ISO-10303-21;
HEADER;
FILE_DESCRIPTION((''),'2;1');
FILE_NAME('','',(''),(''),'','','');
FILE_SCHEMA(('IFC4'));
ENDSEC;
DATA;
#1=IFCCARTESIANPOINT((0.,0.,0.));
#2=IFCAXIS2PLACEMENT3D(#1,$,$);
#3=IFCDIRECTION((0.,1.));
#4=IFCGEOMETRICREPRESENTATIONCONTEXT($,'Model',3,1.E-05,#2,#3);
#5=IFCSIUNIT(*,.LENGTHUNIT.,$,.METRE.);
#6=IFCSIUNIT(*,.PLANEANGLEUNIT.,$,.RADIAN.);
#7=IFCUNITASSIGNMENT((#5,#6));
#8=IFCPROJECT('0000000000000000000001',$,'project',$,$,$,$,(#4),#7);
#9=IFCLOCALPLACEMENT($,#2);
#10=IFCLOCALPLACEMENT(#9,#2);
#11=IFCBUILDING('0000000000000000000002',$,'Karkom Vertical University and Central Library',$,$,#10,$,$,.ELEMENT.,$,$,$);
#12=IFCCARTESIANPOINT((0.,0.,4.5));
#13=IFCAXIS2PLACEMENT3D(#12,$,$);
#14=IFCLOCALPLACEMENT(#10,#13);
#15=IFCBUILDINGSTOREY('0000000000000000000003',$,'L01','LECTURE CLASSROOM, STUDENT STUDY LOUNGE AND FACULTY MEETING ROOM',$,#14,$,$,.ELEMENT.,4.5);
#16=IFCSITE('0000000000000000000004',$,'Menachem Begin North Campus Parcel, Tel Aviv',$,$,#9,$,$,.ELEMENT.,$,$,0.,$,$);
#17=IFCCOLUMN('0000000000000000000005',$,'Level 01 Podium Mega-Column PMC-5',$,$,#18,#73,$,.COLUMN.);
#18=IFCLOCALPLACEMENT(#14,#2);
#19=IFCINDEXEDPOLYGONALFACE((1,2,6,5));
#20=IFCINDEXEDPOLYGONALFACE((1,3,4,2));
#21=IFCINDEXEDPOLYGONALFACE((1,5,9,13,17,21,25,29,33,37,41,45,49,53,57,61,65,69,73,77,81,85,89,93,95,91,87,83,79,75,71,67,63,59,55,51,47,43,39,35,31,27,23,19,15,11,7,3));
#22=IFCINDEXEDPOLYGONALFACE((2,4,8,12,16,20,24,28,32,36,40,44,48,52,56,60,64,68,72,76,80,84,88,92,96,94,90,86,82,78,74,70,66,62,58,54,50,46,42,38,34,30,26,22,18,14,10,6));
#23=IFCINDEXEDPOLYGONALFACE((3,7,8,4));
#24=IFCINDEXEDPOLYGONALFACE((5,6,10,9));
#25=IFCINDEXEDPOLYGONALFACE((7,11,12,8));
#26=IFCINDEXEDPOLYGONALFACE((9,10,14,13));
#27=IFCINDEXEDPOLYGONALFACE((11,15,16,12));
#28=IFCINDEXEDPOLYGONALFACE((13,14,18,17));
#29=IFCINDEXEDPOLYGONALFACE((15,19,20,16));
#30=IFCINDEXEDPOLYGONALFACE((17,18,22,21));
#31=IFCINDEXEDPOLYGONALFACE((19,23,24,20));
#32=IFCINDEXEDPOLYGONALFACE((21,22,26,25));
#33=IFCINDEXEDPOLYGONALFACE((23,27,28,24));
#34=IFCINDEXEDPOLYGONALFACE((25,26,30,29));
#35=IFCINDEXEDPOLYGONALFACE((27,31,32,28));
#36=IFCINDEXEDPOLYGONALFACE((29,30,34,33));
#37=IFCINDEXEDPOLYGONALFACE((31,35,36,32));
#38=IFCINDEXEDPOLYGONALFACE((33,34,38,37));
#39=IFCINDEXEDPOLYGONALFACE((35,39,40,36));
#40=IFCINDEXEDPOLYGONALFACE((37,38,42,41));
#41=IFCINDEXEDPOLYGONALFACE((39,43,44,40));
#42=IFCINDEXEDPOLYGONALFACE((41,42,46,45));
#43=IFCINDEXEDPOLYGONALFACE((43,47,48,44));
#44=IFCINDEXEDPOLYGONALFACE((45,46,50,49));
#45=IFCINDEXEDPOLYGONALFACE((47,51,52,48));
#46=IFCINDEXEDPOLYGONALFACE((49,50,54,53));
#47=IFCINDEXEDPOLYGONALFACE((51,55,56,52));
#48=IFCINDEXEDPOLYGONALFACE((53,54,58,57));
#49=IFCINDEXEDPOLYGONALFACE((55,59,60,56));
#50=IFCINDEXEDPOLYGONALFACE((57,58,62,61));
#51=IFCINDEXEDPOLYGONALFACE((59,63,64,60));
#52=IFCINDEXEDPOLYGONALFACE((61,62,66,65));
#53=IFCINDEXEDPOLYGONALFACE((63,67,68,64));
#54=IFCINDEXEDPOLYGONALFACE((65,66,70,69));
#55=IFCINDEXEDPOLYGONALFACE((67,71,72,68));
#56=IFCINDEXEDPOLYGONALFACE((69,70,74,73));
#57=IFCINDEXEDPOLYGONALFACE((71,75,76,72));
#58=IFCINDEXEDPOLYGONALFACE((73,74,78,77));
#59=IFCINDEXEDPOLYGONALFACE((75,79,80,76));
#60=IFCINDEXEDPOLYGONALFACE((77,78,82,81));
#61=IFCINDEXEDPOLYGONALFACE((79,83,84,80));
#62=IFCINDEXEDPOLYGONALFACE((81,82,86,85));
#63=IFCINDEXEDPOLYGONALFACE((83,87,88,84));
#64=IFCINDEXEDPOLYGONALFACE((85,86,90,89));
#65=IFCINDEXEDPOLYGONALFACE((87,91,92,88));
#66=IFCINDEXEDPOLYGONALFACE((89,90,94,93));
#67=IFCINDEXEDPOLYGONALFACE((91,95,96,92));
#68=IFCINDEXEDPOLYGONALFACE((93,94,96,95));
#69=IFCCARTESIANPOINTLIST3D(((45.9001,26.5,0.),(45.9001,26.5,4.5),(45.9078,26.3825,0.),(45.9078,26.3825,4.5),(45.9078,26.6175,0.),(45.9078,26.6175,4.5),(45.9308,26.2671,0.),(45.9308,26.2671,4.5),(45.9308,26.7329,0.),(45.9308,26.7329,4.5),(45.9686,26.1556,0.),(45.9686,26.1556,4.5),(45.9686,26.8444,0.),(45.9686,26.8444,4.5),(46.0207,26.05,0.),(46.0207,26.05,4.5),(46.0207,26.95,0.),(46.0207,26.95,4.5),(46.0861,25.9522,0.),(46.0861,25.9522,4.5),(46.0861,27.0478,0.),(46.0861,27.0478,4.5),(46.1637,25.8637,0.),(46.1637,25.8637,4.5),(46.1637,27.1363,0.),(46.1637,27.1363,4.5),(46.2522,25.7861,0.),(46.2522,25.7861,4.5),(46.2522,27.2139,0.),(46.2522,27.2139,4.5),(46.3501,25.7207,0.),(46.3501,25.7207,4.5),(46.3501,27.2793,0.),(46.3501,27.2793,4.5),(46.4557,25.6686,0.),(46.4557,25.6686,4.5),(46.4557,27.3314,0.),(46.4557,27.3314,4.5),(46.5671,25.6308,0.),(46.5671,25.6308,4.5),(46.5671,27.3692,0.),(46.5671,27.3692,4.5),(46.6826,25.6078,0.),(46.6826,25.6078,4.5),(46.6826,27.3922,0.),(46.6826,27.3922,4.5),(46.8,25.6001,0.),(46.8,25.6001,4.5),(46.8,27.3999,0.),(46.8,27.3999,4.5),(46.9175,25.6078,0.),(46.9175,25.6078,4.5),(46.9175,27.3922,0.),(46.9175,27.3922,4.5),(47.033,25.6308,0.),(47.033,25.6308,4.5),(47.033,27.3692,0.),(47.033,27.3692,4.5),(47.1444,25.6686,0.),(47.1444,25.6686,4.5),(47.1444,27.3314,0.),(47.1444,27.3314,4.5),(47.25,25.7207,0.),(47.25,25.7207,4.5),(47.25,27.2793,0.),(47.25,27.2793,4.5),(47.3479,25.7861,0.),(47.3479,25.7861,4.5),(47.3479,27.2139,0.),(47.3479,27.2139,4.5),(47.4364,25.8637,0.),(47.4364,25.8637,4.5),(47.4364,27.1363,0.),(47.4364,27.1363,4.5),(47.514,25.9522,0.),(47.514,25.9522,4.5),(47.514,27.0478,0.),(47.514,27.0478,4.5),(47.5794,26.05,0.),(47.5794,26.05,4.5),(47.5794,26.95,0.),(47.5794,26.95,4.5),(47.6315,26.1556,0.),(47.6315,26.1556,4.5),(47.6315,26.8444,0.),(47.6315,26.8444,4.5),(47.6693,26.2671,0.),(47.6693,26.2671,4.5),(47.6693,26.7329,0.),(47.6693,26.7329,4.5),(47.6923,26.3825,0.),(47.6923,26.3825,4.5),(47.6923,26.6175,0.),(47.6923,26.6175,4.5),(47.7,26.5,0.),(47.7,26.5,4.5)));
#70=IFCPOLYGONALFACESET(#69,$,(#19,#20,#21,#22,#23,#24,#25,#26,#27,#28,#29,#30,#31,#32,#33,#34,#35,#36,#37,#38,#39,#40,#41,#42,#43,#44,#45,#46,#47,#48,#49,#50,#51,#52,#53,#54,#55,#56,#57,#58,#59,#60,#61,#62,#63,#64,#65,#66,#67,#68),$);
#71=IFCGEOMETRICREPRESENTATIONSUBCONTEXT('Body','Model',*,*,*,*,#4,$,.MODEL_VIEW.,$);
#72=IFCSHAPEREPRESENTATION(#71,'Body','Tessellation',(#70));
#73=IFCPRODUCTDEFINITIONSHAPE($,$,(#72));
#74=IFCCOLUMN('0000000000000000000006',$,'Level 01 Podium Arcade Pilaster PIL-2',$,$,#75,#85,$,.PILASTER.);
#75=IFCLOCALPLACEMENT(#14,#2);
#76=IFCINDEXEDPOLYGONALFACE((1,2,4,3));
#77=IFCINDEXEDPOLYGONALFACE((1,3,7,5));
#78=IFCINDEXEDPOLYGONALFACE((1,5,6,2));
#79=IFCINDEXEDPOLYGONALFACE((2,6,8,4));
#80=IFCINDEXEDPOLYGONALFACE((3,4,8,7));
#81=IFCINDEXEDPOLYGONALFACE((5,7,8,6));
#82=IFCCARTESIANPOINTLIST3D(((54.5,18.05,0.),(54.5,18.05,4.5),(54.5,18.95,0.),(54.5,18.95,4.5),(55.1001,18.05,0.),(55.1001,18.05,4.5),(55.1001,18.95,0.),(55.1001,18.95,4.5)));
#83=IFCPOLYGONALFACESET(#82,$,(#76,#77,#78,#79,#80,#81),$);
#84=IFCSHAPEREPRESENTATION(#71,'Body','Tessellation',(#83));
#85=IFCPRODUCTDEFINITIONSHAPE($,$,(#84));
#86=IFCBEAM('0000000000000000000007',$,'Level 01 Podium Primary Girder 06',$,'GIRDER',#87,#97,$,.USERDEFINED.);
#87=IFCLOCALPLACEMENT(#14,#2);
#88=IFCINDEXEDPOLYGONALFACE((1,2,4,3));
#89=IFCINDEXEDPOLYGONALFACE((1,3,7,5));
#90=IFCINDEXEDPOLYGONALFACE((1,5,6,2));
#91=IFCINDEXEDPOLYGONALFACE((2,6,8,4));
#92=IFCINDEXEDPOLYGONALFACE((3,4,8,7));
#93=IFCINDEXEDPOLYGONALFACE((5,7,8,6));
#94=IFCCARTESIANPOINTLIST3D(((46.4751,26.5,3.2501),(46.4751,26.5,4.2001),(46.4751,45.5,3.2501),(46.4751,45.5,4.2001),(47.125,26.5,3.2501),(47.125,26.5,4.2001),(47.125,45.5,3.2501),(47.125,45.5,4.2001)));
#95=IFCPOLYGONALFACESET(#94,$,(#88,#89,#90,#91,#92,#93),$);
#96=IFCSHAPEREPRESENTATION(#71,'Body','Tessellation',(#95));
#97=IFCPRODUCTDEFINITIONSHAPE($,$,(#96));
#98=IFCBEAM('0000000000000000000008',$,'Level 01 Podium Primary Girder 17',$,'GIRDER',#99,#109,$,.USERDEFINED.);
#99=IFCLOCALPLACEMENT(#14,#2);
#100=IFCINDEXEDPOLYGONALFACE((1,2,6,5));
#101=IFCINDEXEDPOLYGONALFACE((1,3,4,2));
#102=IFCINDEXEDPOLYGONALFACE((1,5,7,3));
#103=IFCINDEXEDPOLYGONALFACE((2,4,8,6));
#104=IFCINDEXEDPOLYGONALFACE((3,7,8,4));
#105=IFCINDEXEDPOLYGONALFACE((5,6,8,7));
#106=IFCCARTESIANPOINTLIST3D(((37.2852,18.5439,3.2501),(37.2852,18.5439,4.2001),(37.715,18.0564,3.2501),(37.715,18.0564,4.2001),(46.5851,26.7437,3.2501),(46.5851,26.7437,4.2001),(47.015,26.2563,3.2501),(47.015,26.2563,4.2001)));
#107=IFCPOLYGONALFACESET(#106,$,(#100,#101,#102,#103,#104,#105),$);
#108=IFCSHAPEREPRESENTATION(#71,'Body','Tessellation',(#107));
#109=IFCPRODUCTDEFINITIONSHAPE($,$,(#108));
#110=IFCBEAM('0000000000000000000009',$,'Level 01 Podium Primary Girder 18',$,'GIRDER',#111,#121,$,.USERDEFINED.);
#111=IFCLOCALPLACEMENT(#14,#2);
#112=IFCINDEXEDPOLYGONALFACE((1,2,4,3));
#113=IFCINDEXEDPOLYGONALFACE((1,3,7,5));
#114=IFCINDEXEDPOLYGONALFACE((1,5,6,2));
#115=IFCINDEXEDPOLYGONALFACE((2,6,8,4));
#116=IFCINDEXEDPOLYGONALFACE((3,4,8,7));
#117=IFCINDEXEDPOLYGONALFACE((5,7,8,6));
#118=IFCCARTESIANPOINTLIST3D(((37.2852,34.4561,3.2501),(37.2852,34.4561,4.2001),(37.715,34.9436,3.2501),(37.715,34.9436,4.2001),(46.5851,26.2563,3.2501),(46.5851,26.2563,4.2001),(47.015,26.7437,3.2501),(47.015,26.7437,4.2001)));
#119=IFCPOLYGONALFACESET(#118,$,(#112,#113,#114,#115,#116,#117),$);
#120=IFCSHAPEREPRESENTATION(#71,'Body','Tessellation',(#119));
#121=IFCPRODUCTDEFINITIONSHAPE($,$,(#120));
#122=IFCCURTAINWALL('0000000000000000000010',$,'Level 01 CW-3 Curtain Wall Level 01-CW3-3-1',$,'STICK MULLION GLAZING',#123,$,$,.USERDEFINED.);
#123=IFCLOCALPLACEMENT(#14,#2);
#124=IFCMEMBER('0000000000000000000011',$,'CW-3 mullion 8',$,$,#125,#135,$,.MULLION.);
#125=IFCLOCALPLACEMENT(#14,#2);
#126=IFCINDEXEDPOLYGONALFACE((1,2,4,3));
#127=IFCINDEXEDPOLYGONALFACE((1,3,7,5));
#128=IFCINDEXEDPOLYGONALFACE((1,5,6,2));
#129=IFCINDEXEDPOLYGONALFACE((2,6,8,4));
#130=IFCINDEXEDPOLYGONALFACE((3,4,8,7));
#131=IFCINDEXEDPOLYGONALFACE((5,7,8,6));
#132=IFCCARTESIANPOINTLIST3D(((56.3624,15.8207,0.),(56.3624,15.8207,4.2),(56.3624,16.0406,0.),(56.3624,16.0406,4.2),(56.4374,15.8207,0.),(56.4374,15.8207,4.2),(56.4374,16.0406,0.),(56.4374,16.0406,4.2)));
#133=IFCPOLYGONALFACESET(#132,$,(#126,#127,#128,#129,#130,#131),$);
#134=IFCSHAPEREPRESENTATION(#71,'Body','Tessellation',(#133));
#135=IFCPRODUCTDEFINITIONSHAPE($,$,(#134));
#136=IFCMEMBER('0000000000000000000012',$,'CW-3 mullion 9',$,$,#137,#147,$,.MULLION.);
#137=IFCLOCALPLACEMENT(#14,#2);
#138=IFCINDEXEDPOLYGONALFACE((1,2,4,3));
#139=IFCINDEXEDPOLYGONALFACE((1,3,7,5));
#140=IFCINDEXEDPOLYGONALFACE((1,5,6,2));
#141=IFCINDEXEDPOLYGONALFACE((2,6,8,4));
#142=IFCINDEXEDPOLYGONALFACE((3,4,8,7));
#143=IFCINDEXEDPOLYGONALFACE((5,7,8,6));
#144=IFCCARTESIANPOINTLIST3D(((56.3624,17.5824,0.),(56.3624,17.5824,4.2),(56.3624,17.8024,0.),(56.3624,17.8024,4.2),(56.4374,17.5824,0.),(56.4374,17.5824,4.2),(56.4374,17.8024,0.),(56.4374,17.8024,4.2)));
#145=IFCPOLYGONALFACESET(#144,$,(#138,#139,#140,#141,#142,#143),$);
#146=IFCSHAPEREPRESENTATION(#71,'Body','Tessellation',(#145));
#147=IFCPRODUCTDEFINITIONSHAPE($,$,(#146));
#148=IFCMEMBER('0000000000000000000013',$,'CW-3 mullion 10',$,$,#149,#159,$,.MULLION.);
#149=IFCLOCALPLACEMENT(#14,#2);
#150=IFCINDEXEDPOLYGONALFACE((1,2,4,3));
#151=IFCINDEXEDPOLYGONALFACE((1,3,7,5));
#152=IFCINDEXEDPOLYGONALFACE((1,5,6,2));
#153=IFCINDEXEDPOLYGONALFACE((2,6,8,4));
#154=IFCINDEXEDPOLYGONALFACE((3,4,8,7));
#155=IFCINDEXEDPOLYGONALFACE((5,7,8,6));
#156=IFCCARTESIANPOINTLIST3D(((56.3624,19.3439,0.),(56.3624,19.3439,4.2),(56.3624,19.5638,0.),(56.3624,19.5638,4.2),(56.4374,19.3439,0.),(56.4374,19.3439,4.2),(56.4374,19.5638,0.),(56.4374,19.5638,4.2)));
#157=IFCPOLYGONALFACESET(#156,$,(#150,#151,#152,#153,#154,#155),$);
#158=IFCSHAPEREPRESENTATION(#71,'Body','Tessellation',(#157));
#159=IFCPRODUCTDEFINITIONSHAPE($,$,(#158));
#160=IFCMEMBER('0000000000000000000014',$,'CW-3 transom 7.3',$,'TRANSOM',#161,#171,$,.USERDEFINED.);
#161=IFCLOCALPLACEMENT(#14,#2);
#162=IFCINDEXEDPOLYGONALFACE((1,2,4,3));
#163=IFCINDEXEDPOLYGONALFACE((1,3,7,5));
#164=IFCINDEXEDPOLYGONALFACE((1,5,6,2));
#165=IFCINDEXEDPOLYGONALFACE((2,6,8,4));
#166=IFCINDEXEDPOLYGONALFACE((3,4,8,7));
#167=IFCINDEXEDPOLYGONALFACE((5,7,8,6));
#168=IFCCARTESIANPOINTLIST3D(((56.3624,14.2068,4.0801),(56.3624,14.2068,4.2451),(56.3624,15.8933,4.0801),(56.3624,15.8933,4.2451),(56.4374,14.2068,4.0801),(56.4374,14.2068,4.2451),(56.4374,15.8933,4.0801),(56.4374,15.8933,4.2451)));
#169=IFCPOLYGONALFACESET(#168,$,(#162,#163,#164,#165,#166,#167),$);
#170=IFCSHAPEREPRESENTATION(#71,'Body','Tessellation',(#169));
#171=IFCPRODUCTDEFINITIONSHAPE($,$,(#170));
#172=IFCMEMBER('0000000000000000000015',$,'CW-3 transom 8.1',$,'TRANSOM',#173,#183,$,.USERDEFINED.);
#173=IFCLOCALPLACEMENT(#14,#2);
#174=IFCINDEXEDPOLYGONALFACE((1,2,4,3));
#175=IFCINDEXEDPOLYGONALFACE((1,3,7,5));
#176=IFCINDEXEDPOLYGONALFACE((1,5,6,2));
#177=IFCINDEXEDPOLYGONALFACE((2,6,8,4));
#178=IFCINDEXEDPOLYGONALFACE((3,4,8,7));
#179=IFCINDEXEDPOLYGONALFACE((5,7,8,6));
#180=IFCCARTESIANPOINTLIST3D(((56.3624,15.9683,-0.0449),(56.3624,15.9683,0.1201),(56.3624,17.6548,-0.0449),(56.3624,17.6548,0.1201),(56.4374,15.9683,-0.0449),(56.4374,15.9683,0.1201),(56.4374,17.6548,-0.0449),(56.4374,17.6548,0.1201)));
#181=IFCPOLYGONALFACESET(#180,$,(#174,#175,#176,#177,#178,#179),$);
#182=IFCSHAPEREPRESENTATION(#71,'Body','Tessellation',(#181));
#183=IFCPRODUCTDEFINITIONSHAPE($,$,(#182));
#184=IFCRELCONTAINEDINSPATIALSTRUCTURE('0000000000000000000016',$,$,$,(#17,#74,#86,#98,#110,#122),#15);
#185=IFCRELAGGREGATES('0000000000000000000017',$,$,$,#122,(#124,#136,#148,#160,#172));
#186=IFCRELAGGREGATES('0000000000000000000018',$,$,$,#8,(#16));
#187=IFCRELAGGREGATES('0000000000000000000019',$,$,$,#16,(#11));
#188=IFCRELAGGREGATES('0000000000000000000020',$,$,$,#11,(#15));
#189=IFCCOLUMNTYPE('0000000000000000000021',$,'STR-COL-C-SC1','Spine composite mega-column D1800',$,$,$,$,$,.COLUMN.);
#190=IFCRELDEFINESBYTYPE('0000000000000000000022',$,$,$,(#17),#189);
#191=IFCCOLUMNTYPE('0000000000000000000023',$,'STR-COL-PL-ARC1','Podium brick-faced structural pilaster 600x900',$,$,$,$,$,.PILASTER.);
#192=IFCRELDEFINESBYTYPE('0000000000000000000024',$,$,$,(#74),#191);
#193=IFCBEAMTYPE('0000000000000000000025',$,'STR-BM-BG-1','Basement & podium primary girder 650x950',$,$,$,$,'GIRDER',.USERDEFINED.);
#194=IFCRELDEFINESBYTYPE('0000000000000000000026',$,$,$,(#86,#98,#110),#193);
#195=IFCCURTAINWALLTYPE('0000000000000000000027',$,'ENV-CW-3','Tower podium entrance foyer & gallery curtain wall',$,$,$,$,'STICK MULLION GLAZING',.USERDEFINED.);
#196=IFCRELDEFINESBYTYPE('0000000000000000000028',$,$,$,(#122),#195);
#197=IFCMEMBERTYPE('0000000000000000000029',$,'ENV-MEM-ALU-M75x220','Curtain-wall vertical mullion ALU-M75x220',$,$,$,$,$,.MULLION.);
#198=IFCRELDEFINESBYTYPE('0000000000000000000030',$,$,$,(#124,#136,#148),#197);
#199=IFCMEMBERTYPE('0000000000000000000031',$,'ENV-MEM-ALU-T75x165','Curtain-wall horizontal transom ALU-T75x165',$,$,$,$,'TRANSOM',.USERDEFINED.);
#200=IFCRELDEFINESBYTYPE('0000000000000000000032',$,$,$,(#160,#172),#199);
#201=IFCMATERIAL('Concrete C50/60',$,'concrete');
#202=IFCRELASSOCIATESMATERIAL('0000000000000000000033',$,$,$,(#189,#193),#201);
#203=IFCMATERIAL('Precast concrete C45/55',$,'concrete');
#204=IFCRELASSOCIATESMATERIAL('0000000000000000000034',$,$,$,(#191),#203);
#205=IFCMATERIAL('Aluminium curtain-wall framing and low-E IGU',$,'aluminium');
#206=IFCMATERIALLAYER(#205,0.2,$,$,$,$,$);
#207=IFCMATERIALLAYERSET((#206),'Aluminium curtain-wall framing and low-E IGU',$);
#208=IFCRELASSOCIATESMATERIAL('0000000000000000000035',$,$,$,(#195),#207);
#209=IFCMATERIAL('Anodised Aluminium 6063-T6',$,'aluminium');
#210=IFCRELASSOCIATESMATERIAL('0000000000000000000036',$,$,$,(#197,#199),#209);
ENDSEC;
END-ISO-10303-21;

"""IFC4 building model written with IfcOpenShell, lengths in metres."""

from ifc_helpers import new_model, si_unit, direction, frame, origin, origin_with_axes, origin_2d, place, context, subcontext, project, spatial, rectangle, circle, extrude, source, transform, mapped, material, layer, layer_set, material_profile, profile_set, type_object, element, aggregate, save


model = new_model("IFC4")

# Units and contexts
model_context = context("Model", 3, precision=1e-05, world=origin(), true_north=direction((0.0, 1.0)))
body_context = subcontext(model_context, "Body", "Model", "MODEL_VIEW")
ifc_project = project(units=[si_unit("LENGTHUNIT", "METRE"), si_unit("PLANEANGLEUNIT", "RADIAN")], contexts=[model_context])

# Site, building, storey
site_placement = place(None, origin())
site = spatial("IfcSite", under=ifc_project, at=site_placement, Name="Menachem Begin North Campus Parcel, Tel Aviv", CompositionType="ELEMENT", RefElevation=0.0)
building_placement = place(site_placement, origin())
building = spatial("IfcBuilding", under=site, at=building_placement, Name="Karkom Vertical University and Central Library", CompositionType="ELEMENT")
storey_placement = place(building_placement, frame((0.0, 0.0, 4.5)))
storey = spatial("IfcBuildingStorey", under=building, at=storey_placement, Name="L01", Description="LECTURE CLASSROOM, STUDENT STUDY LOUNGE AND FACULTY MEETING ROOM", CompositionType="ELEMENT", Elevation=4.5)

# Columns
ifc_material_1 = material(Name="Concrete C50/60", Category="concrete")
ifc_material_profile_1 = material_profile(ifc_material_1, circle(Radius=0.8999, at=origin_2d()), Name="CFT-D1800")
ifc_profile_set_1 = profile_set([ifc_material_profile_1], Name="Concrete C50/60")
column_type_1 = type_object("IfcColumnType", Name="STR-COL-C-SC1", Description="Spine composite mega-column D1800", PredefinedType="COLUMN", material=ifc_profile_set_1)
shared_shape_1 = source(origin_with_axes(), body_context, "Body", "SweptSolid", [
    extrude(circle(Radius=0.8999, at=origin_2d()), origin(), (0.0, 0.0, 1.0), 4.5),
])
column_1_placement = place(storey_placement, frame((46.8, 26.5, 0.0), z_axis=(0.0, 0.0, 1.0), x_axis=(1.0, 0.0, 0.0)))
element("IfcColumn", 1, at=column_1_placement, inside=storey, type_object=column_type_1, Name="Level 01 Podium Mega-Column PMC-5", PredefinedType="COLUMN", context=body_context, shape_type="MappedRepresentation", body=[
    mapped(shared_shape_1, transform((0.0, 0.0, 0.0), scale=1.0)),
])
ifc_material_2 = material(Name="Precast concrete C45/55", Category="concrete")
ifc_material_profile_2 = material_profile(ifc_material_2, rectangle(XDim=0.6001, YDim=0.8999, at=origin_2d()), Name="PIL-600x900")
ifc_profile_set_2 = profile_set([ifc_material_profile_2], Name="Precast concrete C45/55")
column_type_2 = type_object("IfcColumnType", Name="STR-COL-PL-ARC1", Description="Podium brick-faced structural pilaster 600x900", PredefinedType="PILASTER", material=ifc_profile_set_2)
shared_shape_2 = source(origin_with_axes(), body_context, "Body", "SweptSolid", [
    extrude(rectangle(XDim=0.6001, YDim=0.8999, at=origin_2d()), origin(), (0.0, 0.0, 1.0), 4.5),
])
column_2_placement = place(storey_placement, frame((54.8, 18.5, 0.0), z_axis=(0.0, 0.0, 1.0), x_axis=(1.0, 0.0, 0.0)))
element("IfcColumn", 2, at=column_2_placement, inside=storey, type_object=column_type_2, Name="Level 01 Podium Arcade Pilaster PIL-2", PredefinedType="PILASTER", context=body_context, shape_type="MappedRepresentation", body=[
    mapped(shared_shape_2, transform((0.0, 0.0, 0.0), scale=1.0)),
])

# Beams
ifc_material_profile_3 = material_profile(ifc_material_1, rectangle(XDim=0.6499, YDim=0.95, at=origin_2d()), Name="RCG-650x950")
ifc_profile_set_3 = profile_set([ifc_material_profile_3], Name="Concrete C50/60")
beam_type = type_object("IfcBeamType", Name="STR-BM-BG-1", Description="Basement & podium primary girder 650x950", ElementType="GIRDER", PredefinedType="USERDEFINED", material=ifc_profile_set_3)
shared_shape_3 = source(origin_with_axes(), body_context, "Body", "SweptSolid", [
    extrude(rectangle(XDim=0.6499, YDim=0.95, at=origin_2d()), origin(), (0.0, 0.0, 1.0), 19.0),
])
beam_placement = place(storey_placement, frame((46.8, 26.5, 3.7251), z_axis=(0.0, 1.0, 0.0), x_axis=(-1.0, 0.0, 0.0)))
element("IfcBeam", 3, at=beam_placement, inside=storey, type_object=beam_type, Name="Level 01 Podium Primary Girder 06", ObjectType="GIRDER", PredefinedType="USERDEFINED", context=body_context, shape_type="MappedRepresentation", body=[
    mapped(shared_shape_3, transform((0.0, 0.0, 0.0), scale=1.0)),
])
shared_shape_4 = source(origin_with_axes(), body_context, "Body", "SweptSolid", [
    extrude(rectangle(XDim=0.6499, YDim=0.95, at=origin_2d()), origin(), (0.0, 0.0, 1.0), 12.3987),
])
for number, where, z_axis, x_axis, name in (
    (4, (46.8, 26.5, 3.7251), (-0.750077, -0.661351, 0.0), (0.661351, -0.750077, 0.0), "Level 01 Podium Primary Girder 17"),
    (5, (46.8, 26.5, 3.7251), (-0.750077, 0.661351, 0.0), (-0.661351, -0.750077, 0.0), "Level 01 Podium Primary Girder 18"),
):
    element("IfcBeam", number, at=place(storey_placement, frame(where, z_axis=z_axis, x_axis=x_axis)), inside=storey, type_object=beam_type, Name=name, ObjectType="GIRDER", PredefinedType="USERDEFINED", context=body_context, shape_type="MappedRepresentation", body=[
        mapped(shared_shape_4, transform((0.0, 0.0, 0.0), scale=1.0)),
    ])

# Curtain wall, members
ifc_material_3 = material(Name="Aluminium curtain-wall framing and low-E IGU", Category="aluminium")
ifc_layer_1 = layer(ifc_material_3, 0.2)
ifc_layer_set_1 = layer_set([ifc_layer_1], Name="Aluminium curtain-wall framing and low-E IGU")
curtain_wall_type = type_object("IfcCurtainWallType", Name="ENV-CW-3", Description="Tower podium entrance foyer & gallery curtain wall", ElementType="STICK MULLION GLAZING", PredefinedType="USERDEFINED", material=ifc_layer_set_1)
curtain_wall_placement = place(storey_placement, origin())
curtain_wall = element("IfcCurtainWall", 6, at=curtain_wall_placement, inside=storey, type_object=curtain_wall_type, Name="Level 01 CW-3 Curtain Wall Level 01-CW3-3-1", ObjectType="STICK MULLION GLAZING", PredefinedType="USERDEFINED")
ifc_material_4 = material(Name="Anodised Aluminium 6063-T6", Category="aluminium")
ifc_material_profile_4 = material_profile(ifc_material_4, rectangle(XDim=0.075, YDim=0.22, at=origin_2d()), Name="ALU-M75x220")
ifc_profile_set_4 = profile_set([ifc_material_profile_4], Name="Anodised Aluminium 6063-T6")
member_type_1 = type_object("IfcMemberType", Name="ENV-MEM-ALU-M75x220", Description="Curtain-wall vertical mullion ALU-M75x220", PredefinedType="MULLION", material=ifc_profile_set_4)
shared_shape_5 = source(origin_with_axes(), body_context, "Body", "SweptSolid", [
    extrude(rectangle(XDim=0.075, YDim=0.22, at=origin_2d()), origin(), (0.0, 0.0, 1.0), 4.2),
])
member_1_placement = place(storey_placement, frame((56.3999, 15.9307, 0.0), z_axis=(0.0, 0.0, 1.0), x_axis=(-1.0, 0.0, 0.0)))
member_1 = element("IfcMember", 7, at=member_1_placement, type_object=member_type_1, Name="CW-3 mullion 8", PredefinedType="MULLION", context=body_context, shape_type="MappedRepresentation", body=[
    mapped(shared_shape_5, transform((0.0, 0.0, 0.0), scale=1.0)),
])
member_2_placement = place(storey_placement, frame((56.3999, 17.6924, 0.0), z_axis=(0.0, 0.0, 1.0), x_axis=(-1.0, 0.0, 0.0)))
member_2 = element("IfcMember", 8, at=member_2_placement, type_object=member_type_1, Name="CW-3 mullion 9", PredefinedType="MULLION", context=body_context, shape_type="MappedRepresentation", body=[
    mapped(shared_shape_5, transform((0.0, 0.0, 0.0), scale=1.0)),
])
member_3_placement = place(storey_placement, frame((56.3999, 19.4539, 0.0), z_axis=(0.0, 0.0, 1.0), x_axis=(-1.0, 0.0, 0.0)))
member_3 = element("IfcMember", 9, at=member_3_placement, type_object=member_type_1, Name="CW-3 mullion 10", PredefinedType="MULLION", context=body_context, shape_type="MappedRepresentation", body=[
    mapped(shared_shape_5, transform((0.0, 0.0, 0.0), scale=1.0)),
])
ifc_material_profile_5 = material_profile(ifc_material_4, rectangle(XDim=0.075, YDim=0.165, at=origin_2d()), Name="ALU-T75x165")
ifc_profile_set_5 = profile_set([ifc_material_profile_5], Name="Anodised Aluminium 6063-T6")
member_type_2 = type_object("IfcMemberType", Name="ENV-MEM-ALU-T75x165", Description="Curtain-wall horizontal transom ALU-T75x165", ElementType="TRANSOM", PredefinedType="USERDEFINED", material=ifc_profile_set_5)
shared_shape_6 = source(origin_with_axes(), body_context, "Body", "SweptSolid", [
    extrude(rectangle(XDim=0.075, YDim=0.165, at=origin_2d()), origin(), (0.0, 0.0, 1.0), 1.6865),
])
member_4_placement = place(storey_placement, frame((56.3999, 14.2068, 4.1626), z_axis=(0.0, 1.0, 0.0), x_axis=(-1.0, 0.0, 0.0)))
member_4 = element("IfcMember", 10, at=member_4_placement, type_object=member_type_2, Name="CW-3 transom 7.3", ObjectType="TRANSOM", PredefinedType="USERDEFINED", context=body_context, shape_type="MappedRepresentation", body=[
    mapped(shared_shape_6, transform((0.0, 0.0, 0.0), scale=1.0)),
])
member_5_placement = place(storey_placement, frame((56.3999, 15.9683, 0.0376), z_axis=(0.0, 1.0, 0.0), x_axis=(-1.0, 0.0, 0.0)))
member_5 = element("IfcMember", 11, at=member_5_placement, type_object=member_type_2, Name="CW-3 transom 8.1", ObjectType="TRANSOM", PredefinedType="USERDEFINED", context=body_context, shape_type="MappedRepresentation", body=[
    mapped(shared_shape_6, transform((0.0, 0.0, 0.0), scale=1.0)),
])
aggregate(curtain_wall, [member_1, member_2, member_3, member_4, member_5])

save(model, "model.ifc")
